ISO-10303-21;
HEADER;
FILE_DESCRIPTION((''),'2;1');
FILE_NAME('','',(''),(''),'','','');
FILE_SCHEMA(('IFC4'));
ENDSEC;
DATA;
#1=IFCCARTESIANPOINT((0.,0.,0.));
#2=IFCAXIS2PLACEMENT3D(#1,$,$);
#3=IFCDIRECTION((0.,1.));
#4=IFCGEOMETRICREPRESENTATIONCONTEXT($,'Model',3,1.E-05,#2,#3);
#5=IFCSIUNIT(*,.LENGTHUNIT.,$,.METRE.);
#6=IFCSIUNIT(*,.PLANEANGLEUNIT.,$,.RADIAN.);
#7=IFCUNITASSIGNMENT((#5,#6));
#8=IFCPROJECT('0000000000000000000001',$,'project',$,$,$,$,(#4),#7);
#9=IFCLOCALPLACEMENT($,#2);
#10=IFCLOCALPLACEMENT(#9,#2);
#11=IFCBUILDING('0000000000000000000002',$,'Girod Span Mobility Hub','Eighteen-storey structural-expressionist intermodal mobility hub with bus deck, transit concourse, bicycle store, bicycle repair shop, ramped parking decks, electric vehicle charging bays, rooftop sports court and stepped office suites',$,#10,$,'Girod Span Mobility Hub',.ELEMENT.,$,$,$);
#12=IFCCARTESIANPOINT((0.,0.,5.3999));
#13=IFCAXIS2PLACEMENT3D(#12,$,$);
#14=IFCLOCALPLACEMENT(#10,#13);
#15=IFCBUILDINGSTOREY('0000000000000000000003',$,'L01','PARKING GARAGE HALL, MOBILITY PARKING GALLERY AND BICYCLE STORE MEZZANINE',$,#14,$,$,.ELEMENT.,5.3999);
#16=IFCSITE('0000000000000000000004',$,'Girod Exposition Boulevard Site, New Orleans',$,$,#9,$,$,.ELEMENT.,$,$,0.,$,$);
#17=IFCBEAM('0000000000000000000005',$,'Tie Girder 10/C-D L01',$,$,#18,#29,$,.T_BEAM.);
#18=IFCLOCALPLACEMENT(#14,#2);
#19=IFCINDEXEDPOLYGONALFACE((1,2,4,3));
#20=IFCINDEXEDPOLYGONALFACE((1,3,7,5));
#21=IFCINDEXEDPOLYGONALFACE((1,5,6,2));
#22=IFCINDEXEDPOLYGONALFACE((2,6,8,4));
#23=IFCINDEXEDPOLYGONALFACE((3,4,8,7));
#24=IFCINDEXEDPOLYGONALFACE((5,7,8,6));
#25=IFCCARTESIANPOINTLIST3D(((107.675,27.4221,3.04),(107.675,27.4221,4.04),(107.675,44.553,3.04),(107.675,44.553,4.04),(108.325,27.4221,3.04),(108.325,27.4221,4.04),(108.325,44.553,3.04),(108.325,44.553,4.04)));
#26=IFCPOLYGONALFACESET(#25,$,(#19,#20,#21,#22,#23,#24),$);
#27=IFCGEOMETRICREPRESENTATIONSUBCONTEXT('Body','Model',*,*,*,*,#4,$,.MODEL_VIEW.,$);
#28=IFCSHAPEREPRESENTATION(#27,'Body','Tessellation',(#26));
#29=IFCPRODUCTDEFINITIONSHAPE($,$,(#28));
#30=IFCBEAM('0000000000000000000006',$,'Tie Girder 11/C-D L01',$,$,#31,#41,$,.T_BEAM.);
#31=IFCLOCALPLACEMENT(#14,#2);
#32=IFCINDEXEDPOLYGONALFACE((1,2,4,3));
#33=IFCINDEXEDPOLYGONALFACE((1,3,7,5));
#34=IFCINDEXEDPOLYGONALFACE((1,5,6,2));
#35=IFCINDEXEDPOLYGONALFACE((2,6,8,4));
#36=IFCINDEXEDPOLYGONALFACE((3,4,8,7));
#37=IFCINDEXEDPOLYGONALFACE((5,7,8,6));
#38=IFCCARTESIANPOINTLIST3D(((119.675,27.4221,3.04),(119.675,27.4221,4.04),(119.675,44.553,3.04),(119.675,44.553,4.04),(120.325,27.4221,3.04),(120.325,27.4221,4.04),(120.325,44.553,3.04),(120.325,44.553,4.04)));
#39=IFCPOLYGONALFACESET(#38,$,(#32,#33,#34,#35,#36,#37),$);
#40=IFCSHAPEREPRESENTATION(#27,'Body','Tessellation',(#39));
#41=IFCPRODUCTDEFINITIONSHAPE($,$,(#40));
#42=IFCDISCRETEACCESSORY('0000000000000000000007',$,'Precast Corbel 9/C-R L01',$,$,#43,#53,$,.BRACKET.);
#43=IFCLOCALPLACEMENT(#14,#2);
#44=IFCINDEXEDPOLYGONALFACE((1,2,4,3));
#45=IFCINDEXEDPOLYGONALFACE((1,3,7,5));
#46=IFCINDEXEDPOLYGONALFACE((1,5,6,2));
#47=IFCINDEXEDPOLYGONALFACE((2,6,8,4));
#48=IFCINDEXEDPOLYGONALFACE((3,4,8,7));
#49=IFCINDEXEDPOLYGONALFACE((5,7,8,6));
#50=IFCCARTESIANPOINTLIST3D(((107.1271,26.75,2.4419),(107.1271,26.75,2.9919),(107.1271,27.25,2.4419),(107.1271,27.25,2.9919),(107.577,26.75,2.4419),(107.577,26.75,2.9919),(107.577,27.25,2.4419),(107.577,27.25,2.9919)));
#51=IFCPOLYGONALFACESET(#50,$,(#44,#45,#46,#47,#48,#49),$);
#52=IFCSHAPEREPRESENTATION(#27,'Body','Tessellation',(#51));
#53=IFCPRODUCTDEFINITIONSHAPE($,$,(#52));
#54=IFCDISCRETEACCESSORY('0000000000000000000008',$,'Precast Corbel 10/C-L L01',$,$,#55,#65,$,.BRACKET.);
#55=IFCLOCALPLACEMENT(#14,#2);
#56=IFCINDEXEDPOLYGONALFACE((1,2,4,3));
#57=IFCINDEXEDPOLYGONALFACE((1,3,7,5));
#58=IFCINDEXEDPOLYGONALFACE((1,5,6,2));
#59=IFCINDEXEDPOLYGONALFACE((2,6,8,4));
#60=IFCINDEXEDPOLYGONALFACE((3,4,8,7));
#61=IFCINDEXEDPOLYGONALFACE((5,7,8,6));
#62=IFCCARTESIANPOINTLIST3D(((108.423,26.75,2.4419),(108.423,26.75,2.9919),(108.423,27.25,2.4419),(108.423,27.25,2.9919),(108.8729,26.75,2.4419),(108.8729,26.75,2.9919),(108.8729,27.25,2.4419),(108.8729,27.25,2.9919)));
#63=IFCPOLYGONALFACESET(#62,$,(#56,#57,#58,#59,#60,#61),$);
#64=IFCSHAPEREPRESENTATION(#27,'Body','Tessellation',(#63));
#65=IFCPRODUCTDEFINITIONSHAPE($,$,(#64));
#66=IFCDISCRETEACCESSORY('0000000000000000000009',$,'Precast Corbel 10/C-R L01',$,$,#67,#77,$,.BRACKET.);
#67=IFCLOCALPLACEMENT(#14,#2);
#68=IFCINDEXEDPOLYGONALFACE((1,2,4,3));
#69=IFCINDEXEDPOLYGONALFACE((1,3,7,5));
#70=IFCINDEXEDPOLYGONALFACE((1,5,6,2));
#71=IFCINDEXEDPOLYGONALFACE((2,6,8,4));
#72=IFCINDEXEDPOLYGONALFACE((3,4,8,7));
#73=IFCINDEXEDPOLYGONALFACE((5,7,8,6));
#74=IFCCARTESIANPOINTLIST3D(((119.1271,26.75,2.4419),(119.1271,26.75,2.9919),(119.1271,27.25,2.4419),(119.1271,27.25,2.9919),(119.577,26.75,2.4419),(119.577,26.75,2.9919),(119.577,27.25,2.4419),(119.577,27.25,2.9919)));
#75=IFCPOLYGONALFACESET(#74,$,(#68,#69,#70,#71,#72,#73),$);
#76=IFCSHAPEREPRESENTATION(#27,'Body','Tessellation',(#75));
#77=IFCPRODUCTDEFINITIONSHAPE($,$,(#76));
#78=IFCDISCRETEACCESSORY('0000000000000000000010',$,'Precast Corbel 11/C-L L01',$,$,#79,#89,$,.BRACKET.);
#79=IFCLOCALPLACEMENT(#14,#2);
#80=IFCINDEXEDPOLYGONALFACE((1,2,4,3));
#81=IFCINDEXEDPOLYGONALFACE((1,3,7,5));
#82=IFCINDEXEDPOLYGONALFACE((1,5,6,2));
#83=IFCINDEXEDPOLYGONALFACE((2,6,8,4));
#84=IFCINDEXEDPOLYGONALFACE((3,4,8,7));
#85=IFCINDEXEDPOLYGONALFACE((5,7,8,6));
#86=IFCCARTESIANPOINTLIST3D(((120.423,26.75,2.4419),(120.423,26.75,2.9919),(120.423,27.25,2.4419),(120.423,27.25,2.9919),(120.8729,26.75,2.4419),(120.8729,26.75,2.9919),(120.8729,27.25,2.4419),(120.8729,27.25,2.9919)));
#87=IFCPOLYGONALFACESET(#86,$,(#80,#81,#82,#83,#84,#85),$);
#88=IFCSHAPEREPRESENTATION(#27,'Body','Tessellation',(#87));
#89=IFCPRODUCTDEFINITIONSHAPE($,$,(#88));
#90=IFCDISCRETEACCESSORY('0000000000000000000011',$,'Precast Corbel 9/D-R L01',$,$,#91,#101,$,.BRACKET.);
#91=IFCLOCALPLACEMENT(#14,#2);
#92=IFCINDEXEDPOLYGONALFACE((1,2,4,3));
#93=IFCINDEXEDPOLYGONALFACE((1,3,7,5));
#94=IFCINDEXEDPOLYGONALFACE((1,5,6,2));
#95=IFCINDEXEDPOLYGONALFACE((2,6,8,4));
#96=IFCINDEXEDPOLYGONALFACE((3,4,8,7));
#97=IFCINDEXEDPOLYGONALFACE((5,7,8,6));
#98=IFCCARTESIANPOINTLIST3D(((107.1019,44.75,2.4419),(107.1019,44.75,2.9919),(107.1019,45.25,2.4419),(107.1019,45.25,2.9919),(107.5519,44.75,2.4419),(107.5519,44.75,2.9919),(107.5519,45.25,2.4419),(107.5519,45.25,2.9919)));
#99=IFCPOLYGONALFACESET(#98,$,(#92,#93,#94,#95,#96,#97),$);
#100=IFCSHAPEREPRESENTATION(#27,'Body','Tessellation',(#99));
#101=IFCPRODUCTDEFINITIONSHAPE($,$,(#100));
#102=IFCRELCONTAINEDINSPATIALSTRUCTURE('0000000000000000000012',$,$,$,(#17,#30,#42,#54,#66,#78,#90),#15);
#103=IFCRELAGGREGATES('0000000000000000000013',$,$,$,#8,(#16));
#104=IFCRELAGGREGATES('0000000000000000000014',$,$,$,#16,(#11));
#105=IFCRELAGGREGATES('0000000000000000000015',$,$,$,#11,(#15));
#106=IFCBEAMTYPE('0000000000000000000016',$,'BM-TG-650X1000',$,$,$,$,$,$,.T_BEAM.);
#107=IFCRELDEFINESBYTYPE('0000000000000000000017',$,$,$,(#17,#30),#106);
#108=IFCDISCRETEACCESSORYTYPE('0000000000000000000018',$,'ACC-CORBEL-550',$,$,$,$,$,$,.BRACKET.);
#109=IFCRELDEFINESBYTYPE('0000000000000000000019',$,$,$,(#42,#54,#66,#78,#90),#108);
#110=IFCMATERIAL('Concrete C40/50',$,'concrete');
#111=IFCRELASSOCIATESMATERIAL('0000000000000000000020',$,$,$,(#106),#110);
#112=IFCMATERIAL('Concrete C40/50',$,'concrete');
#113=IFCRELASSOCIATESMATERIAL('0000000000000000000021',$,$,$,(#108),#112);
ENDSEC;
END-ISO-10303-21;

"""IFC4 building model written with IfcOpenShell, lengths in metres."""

from ifc_helpers import new_model, si_unit, direction, frame, origin, origin_2d, place, context, subcontext, project, spatial, rectangle, extrude, material, material_profile, profile_set, type_object, element, save


model = new_model("IFC4")

# Units and contexts
model_context = context("Model", 3, precision=1e-05, world=origin(), true_north=direction((0.0, 1.0)))
body_context = subcontext(model_context, "Body", "Model", "MODEL_VIEW")
ifc_project = project(units=[si_unit("LENGTHUNIT", "METRE"), si_unit("PLANEANGLEUNIT", "RADIAN")], contexts=[model_context])

# Site, building, storey
site_placement = place(None, origin())
site = spatial("IfcSite", under=ifc_project, at=site_placement, Name="Girod Exposition Boulevard Site, New Orleans", CompositionType="ELEMENT", RefElevation=0.0)
building_placement = place(site_placement, origin())
building = spatial("IfcBuilding", under=site, at=building_placement, Name="Girod Span Mobility Hub", Description="Eighteen-storey structural-expressionist intermodal mobility hub with bus deck, transit concourse, bicycle store, bicycle repair shop, ramped parking decks, electric vehicle charging bays, rooftop sports court and stepped office suites", LongName="Girod Span Mobility Hub", CompositionType="ELEMENT")
storey_placement = place(building_placement, frame((0.0, 0.0, 5.3999)))
storey = spatial("IfcBuildingStorey", under=building, at=storey_placement, Name="L01", Description="PARKING GARAGE HALL, MOBILITY PARKING GALLERY AND BICYCLE STORE MEZZANINE", CompositionType="ELEMENT", Elevation=5.3999)

# Beams
ifc_material_1 = material(Name="Concrete C40/50", Category="concrete")
ifc_material_profile_1 = material_profile(ifc_material_1, rectangle(XDim=0.6499, YDim=1.0, at=origin_2d()), Name="TG-650X1000")
ifc_profile_set_1 = profile_set([ifc_material_profile_1], Name="Concrete C40/50")
beam_type_1 = type_object("IfcBeamType", Name="BM-TG-650X1000", PredefinedType="T_BEAM", material=ifc_profile_set_1)
for number, where, z_axis, x_axis, name in (
    (1, (108.0, 27.4221, 3.54), (0.0, 1.0, 0.0), (-1.0, 0.0, 0.0), "Tie Girder 10/C-D L01"),
    (2, (120.0, 27.4221, 3.54), (0.0, 1.0, 0.0), (-1.0, 0.0, 0.0), "Tie Girder 11/C-D L01"),
):
    element("IfcBeam", number, at=place(storey_placement, frame(where, z_axis=z_axis, x_axis=x_axis)), inside=storey, type_object=beam_type_1, Name=name, PredefinedType="T_BEAM", context=body_context, shape_type="SweptSolid", body=[
        extrude(rectangle(XDim=0.6499, YDim=1.0, at=origin_2d()), origin(), (0.0, 0.0, 1.0), 17.1309),
    ])

# Discrete accessories
ifc_material_2 = material(Name="Concrete C40/50", Category="concrete")
discrete_accessory_type = type_object("IfcDiscreteAccessoryType", Name="ACC-CORBEL-550", PredefinedType="BRACKET", material=ifc_material_2)
for number, where, z_axis, x_axis, name in (
    (3, (107.3521, 27.0, 2.4419), (0.0, 0.0, 1.0), (1.0, 0.0, 0.0), "Precast Corbel 9/C-R L01"),
    (4, (108.6479, 27.0, 2.4419), (0.0, 0.0, 1.0), (1.0, 0.0, 0.0), "Precast Corbel 10/C-L L01"),
    (5, (119.3521, 27.0, 2.4419), (0.0, 0.0, 1.0), (1.0, 0.0, 0.0), "Precast Corbel 10/C-R L01"),
    (6, (120.6479, 27.0, 2.4419), (0.0, 0.0, 1.0), (1.0, 0.0, 0.0), "Precast Corbel 11/C-L L01"),
    (7, (107.3269, 45.0, 2.4419), (0.0, 0.0, 1.0), (1.0, 0.0, 0.0), "Precast Corbel 9/D-R L01"),
):
    element("IfcDiscreteAccessory", number, at=place(storey_placement, frame(where, z_axis=z_axis, x_axis=x_axis)), inside=storey, type_object=discrete_accessory_type, Name=name, PredefinedType="BRACKET", context=body_context, shape_type="SweptSolid", body=[
        extrude(rectangle(XDim=0.45, YDim=0.5, at=origin_2d()), origin(), (0.0, 0.0, 1.0), 0.55),
    ])

save(model, "model.ifc")
